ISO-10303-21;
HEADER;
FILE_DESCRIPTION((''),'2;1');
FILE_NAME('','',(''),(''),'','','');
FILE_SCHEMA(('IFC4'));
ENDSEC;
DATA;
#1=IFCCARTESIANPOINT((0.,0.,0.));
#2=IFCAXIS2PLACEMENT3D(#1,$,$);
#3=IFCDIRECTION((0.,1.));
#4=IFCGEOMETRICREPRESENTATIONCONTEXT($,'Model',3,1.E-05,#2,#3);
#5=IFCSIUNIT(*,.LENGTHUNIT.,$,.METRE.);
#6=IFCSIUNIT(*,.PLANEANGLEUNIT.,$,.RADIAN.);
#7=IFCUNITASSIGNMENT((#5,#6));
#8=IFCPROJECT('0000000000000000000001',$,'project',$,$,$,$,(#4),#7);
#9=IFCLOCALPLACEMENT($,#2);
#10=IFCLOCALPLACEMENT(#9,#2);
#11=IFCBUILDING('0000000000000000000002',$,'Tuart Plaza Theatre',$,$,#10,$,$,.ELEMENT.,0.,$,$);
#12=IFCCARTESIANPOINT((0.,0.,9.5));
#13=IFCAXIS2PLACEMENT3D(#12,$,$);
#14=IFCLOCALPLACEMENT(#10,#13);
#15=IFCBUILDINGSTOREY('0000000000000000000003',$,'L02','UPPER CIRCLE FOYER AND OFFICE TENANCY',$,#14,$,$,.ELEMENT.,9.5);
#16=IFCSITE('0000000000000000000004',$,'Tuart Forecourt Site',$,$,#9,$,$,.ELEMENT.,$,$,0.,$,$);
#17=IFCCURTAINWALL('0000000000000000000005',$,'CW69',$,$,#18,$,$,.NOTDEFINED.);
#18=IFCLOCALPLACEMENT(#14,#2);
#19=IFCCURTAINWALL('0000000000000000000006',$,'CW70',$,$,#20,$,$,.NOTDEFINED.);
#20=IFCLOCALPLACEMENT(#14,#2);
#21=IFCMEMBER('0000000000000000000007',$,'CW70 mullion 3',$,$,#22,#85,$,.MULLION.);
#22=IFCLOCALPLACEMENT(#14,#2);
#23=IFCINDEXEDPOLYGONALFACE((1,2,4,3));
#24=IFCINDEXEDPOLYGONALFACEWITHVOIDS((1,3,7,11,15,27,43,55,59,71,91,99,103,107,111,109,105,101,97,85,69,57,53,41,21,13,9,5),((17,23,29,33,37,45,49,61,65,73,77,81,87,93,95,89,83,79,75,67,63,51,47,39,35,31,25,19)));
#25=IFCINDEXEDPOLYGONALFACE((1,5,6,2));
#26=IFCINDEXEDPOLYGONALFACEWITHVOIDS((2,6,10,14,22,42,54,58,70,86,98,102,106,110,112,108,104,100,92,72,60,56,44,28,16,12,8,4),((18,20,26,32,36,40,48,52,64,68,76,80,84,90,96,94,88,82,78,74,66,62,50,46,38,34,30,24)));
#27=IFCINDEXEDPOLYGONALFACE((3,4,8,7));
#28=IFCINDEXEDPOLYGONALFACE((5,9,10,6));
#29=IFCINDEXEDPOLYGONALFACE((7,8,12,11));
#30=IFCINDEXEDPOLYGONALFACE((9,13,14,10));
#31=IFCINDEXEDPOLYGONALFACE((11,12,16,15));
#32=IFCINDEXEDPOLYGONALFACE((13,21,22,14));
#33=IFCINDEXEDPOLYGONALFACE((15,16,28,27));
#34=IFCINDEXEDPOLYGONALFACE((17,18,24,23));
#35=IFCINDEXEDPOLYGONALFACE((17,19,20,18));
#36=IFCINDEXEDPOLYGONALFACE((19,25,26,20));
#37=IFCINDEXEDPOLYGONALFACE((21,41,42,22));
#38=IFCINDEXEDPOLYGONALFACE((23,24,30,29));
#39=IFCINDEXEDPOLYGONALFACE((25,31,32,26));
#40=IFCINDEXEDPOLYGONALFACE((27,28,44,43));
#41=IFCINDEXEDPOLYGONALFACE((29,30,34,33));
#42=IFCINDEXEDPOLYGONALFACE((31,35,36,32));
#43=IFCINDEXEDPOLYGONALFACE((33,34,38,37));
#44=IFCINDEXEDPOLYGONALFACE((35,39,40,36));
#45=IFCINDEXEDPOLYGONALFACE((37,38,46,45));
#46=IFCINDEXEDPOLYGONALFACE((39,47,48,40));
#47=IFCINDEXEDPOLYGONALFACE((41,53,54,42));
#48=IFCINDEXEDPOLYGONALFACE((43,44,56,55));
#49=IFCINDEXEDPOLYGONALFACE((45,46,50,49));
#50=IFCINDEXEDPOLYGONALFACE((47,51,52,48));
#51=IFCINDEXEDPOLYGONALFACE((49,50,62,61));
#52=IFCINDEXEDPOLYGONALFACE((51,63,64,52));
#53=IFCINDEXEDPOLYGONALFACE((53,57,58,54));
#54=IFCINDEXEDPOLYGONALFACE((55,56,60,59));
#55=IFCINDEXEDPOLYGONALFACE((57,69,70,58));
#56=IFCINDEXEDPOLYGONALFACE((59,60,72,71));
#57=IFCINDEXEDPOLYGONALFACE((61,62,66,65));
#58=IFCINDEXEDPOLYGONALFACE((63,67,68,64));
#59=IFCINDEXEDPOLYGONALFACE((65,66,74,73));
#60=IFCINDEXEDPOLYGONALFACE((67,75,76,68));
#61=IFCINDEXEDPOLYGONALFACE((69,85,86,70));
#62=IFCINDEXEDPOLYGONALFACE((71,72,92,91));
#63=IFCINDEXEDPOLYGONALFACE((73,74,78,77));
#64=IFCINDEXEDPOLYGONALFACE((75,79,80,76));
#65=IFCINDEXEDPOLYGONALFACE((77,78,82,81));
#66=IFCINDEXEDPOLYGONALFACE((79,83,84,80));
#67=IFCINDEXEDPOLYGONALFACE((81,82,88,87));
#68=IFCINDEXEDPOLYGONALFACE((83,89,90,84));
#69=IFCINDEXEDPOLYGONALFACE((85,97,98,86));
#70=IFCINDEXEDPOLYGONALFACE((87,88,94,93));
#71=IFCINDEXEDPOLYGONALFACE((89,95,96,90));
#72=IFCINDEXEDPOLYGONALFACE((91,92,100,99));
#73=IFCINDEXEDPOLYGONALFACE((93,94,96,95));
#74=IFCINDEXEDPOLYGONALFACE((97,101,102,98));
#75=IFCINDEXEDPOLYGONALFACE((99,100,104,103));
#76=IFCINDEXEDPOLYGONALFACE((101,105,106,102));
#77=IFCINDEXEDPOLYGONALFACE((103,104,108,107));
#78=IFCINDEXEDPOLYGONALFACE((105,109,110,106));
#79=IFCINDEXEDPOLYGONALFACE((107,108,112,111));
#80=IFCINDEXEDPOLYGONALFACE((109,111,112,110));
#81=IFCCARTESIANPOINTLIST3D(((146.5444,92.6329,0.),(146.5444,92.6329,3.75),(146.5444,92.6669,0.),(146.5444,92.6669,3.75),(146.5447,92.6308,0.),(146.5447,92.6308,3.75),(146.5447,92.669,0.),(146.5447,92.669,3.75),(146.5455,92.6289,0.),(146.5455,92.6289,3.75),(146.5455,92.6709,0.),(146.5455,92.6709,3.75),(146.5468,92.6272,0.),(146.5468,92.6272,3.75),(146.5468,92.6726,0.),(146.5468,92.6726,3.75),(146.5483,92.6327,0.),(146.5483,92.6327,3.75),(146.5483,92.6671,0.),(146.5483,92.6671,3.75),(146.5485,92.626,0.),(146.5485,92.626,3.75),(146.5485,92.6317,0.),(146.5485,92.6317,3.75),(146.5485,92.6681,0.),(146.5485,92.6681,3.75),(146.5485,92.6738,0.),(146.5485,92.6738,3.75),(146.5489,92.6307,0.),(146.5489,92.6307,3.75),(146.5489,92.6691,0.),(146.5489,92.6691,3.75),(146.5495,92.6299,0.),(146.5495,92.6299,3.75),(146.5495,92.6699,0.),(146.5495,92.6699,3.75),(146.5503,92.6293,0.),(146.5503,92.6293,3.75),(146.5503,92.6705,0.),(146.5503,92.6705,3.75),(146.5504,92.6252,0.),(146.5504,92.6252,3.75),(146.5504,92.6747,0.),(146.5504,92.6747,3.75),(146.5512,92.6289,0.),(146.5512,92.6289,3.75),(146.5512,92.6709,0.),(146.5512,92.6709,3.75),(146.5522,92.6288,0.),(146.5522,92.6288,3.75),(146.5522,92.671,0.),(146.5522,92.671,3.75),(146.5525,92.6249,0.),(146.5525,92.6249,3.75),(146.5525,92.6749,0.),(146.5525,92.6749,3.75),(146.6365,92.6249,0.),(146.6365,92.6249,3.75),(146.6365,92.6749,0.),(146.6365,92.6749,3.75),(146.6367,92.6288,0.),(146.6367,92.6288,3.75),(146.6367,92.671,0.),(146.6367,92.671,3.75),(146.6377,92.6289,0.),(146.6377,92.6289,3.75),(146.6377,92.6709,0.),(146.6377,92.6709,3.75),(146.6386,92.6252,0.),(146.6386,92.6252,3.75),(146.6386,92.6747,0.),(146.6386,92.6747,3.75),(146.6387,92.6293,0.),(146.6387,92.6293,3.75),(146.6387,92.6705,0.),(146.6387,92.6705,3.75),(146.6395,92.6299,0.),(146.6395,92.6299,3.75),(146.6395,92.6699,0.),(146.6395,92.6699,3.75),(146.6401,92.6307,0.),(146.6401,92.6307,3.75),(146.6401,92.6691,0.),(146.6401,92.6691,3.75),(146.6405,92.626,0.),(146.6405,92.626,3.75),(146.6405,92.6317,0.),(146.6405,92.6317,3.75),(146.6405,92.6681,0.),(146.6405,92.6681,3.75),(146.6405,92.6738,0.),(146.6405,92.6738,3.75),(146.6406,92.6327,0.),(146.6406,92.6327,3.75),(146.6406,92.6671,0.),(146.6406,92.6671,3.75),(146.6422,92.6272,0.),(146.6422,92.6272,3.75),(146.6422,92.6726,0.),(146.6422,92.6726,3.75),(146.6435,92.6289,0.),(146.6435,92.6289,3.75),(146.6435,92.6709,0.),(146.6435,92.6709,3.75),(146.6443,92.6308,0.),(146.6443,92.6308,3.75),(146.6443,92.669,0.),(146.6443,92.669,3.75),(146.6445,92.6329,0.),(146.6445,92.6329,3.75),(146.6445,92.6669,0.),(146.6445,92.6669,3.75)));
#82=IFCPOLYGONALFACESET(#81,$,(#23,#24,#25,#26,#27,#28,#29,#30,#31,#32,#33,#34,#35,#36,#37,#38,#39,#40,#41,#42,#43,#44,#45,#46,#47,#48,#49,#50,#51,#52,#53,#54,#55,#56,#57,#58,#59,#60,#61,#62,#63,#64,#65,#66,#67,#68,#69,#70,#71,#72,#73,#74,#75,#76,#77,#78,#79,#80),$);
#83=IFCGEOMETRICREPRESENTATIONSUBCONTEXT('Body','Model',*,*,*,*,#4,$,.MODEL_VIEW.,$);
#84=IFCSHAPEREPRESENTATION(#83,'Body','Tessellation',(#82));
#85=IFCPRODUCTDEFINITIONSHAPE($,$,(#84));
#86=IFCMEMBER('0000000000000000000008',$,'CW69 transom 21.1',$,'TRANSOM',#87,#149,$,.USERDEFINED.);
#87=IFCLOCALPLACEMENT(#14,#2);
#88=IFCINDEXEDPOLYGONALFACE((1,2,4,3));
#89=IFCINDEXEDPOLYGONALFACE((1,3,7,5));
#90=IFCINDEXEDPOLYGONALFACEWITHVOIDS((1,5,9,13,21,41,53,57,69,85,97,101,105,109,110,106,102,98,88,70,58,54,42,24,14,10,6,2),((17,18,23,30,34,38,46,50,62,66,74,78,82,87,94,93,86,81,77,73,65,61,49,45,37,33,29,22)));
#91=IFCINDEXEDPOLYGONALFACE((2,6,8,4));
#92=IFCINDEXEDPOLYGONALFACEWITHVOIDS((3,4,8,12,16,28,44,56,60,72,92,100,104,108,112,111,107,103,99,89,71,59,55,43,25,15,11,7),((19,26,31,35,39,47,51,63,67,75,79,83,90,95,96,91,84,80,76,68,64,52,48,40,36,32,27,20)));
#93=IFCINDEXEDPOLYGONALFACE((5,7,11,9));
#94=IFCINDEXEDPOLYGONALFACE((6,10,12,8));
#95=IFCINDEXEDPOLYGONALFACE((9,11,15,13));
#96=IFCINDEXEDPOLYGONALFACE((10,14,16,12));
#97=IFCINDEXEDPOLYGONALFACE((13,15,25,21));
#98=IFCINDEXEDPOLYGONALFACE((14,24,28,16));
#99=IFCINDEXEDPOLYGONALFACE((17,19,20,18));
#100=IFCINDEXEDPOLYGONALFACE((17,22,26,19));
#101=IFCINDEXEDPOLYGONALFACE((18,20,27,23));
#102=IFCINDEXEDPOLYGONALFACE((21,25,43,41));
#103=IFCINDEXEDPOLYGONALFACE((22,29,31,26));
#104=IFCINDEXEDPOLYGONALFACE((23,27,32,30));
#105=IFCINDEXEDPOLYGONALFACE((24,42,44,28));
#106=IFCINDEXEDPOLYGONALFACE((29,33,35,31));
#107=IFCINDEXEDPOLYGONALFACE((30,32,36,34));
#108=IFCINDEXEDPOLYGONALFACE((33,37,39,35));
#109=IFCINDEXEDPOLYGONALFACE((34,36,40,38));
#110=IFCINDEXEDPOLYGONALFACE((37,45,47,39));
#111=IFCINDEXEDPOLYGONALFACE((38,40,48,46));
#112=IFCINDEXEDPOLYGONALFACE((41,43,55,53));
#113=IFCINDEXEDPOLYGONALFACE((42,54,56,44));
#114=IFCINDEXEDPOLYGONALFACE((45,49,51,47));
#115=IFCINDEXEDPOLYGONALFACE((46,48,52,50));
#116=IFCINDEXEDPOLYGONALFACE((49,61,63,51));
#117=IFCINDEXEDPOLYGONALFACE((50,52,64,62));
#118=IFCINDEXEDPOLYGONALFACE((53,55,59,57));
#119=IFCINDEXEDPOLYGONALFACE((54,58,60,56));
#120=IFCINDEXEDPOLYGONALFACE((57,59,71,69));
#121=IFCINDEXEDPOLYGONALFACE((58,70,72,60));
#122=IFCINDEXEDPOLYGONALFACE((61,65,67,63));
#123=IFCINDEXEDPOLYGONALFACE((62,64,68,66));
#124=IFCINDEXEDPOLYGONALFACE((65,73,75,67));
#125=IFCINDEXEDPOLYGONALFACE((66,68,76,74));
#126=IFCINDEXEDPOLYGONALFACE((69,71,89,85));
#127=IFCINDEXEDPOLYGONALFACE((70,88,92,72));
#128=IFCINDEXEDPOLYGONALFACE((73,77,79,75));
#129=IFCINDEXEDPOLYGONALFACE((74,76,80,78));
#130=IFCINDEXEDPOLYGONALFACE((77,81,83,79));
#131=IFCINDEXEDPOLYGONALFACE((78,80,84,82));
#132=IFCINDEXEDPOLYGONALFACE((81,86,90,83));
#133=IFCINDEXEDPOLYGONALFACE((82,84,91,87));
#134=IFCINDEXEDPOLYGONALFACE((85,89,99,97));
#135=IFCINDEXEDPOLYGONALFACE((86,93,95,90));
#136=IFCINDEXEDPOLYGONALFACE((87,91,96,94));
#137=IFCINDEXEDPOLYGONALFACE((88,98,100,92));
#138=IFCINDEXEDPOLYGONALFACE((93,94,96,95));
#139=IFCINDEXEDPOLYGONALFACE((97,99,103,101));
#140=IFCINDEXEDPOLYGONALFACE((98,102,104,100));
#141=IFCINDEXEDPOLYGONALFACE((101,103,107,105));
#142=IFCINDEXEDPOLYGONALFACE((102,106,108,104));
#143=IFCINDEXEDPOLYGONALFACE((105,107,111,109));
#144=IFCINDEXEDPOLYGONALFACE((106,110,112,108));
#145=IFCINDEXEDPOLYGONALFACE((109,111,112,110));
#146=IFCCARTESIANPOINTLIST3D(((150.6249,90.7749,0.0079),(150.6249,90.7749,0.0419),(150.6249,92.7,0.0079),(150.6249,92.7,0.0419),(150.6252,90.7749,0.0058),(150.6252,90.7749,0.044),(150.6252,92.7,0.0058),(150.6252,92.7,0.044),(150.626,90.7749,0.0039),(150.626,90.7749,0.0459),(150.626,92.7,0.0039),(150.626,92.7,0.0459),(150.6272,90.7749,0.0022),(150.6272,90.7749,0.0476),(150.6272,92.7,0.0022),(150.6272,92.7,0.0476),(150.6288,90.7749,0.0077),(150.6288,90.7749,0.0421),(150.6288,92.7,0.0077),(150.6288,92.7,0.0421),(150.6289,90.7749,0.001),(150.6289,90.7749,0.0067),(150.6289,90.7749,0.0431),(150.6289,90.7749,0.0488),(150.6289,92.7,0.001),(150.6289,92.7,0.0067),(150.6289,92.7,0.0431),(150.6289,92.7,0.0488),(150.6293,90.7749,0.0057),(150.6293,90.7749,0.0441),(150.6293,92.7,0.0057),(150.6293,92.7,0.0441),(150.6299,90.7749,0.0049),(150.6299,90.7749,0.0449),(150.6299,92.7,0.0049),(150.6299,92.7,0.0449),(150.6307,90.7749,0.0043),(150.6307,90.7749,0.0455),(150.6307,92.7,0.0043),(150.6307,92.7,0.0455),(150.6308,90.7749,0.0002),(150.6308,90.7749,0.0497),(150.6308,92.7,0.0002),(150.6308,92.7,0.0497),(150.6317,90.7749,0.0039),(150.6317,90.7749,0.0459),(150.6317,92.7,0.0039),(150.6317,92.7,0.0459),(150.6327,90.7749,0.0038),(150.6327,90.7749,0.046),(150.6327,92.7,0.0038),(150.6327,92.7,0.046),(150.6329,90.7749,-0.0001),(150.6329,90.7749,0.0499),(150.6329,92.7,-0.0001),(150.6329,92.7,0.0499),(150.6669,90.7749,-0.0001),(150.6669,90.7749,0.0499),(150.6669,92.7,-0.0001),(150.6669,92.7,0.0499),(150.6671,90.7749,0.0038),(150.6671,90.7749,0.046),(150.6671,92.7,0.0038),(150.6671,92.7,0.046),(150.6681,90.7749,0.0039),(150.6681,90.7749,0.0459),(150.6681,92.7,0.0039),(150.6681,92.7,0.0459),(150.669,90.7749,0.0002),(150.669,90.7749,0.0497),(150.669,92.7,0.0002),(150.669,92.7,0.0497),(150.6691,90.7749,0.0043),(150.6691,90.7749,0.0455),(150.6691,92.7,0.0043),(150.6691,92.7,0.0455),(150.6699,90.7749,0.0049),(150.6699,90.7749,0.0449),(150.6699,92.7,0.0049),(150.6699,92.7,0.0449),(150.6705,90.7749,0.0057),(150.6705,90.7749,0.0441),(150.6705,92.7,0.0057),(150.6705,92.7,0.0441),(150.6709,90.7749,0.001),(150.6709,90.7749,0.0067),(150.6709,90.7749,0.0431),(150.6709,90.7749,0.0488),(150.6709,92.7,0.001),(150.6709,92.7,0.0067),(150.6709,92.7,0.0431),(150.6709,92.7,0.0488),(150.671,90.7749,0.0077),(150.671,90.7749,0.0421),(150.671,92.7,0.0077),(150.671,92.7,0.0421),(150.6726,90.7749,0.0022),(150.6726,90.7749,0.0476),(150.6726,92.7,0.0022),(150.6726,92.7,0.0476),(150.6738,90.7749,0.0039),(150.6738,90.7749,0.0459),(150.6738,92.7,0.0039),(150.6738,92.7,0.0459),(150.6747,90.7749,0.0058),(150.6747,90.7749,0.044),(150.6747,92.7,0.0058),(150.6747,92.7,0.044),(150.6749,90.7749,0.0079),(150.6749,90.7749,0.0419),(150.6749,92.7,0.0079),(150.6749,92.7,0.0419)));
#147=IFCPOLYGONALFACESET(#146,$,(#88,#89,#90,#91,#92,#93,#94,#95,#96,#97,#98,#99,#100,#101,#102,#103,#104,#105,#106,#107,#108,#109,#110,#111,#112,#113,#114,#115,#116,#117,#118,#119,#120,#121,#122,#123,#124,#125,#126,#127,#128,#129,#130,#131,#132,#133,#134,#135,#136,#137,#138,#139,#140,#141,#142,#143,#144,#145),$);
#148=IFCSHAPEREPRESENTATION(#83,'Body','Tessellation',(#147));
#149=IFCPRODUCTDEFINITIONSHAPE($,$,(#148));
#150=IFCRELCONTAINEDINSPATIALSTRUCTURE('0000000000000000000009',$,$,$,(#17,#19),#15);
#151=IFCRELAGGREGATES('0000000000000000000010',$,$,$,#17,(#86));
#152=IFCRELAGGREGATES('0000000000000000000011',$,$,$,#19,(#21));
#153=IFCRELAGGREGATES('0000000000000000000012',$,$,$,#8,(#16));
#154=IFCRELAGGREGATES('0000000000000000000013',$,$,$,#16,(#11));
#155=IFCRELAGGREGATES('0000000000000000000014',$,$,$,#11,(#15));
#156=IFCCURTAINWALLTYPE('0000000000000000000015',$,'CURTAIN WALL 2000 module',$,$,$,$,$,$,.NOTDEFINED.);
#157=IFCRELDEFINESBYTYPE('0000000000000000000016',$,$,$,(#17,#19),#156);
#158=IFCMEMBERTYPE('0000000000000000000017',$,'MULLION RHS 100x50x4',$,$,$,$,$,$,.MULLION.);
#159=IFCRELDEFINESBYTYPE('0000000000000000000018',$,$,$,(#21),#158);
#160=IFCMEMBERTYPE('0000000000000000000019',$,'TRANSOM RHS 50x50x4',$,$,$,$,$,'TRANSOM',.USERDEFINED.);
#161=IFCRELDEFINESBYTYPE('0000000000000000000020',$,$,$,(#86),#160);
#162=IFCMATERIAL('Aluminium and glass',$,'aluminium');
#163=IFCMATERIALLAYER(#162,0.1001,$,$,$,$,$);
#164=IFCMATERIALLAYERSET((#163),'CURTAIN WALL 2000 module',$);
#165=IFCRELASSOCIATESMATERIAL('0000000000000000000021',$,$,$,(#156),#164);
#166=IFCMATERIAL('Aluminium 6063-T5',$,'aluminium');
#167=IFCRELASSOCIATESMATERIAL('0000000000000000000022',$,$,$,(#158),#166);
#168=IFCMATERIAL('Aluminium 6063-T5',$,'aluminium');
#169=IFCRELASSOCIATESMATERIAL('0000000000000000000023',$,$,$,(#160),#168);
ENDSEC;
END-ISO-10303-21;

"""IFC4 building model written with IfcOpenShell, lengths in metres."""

from ifc_helpers import new_model, si_unit, direction, frame, origin, origin_2d, place, context, subcontext, project, spatial, hollow_rectangle, extrude, material, layer, layer_set, material_profile, profile_set, type_object, element, aggregate, save


model = new_model("IFC4")

# Units and contexts
model_context = context("Model", 3, precision=1e-05, world=origin(), true_north=direction((0.0, 1.0)))
body_context = subcontext(model_context, "Body", "Model", "MODEL_VIEW")
ifc_project = project(units=[si_unit("LENGTHUNIT", "METRE"), si_unit("PLANEANGLEUNIT", "RADIAN")], contexts=[model_context])

# Site, building, storey
site_placement = place(None, origin())
site = spatial("IfcSite", under=ifc_project, at=site_placement, Name="Tuart Forecourt Site", CompositionType="ELEMENT", RefElevation=0.0)
building_placement = place(site_placement, origin())
building = spatial("IfcBuilding", under=site, at=building_placement, Name="Tuart Plaza Theatre", CompositionType="ELEMENT", ElevationOfRefHeight=0.0)
storey_placement = place(building_placement, frame((0.0, 0.0, 9.5)))
storey = spatial("IfcBuildingStorey", under=building, at=storey_placement, Name="L02", Description="UPPER CIRCLE FOYER AND OFFICE TENANCY", CompositionType="ELEMENT", Elevation=9.5)

# Curtain walls, member
ifc_material_1 = material(Name="Aluminium and glass", Category="aluminium")
ifc_layer_1 = layer(ifc_material_1, 0.1001)
ifc_layer_set_1 = layer_set([ifc_layer_1], Name="CURTAIN WALL 2000 module")
curtain_wall_type = type_object("IfcCurtainWallType", Name="CURTAIN WALL 2000 module", PredefinedType="NOTDEFINED", material=ifc_layer_set_1)
curtain_wall_1_placement = place(storey_placement, origin())
curtain_wall_1 = element("IfcCurtainWall", 1, at=curtain_wall_1_placement, inside=storey, type_object=curtain_wall_type, Name="CW69", PredefinedType="NOTDEFINED")
ifc_material_2 = material(Name="Aluminium 6063-T5", Category="aluminium")
ifc_material_profile_1 = material_profile(ifc_material_2, hollow_rectangle(XDim=0.05, YDim=0.1001, WallThickness=0.0039, InnerFilletRadius=0.0039, OuterFilletRadius=0.0081, at=origin_2d()), Name="RHS 100x50x4")
ifc_profile_set_1 = profile_set([ifc_material_profile_1], Name="Aluminium 6063-T5")
member_type_1 = type_object("IfcMemberType", Name="MULLION RHS 100x50x4", PredefinedType="MULLION", material=ifc_profile_set_1)
curtain_wall_2_placement = place(storey_placement, origin())
curtain_wall_2 = element("IfcCurtainWall", 2, at=curtain_wall_2_placement, inside=storey, type_object=curtain_wall_type, Name="CW70", PredefinedType="NOTDEFINED")
member_1_placement = place(storey_placement, frame((146.5945, 92.6499, 0.0), z_axis=(0.0, 0.0, 1.0), x_axis=(0.0, -1.0, 0.0)))
member_1 = element("IfcMember", 3, at=member_1_placement, type_object=member_type_1, Name="CW70 mullion 3", PredefinedType="MULLION", context=body_context, shape_type="SweptSolid", body=[
    extrude(hollow_rectangle(XDim=0.05, YDim=0.1001, WallThickness=0.0039, InnerFilletRadius=0.0039, OuterFilletRadius=0.0081, at=origin_2d()), origin(), (0.0, 0.0, 1.0), 3.75),
])

# Member
ifc_material_3 = material(Name="Aluminium 6063-T5", Category="aluminium")
ifc_material_profile_2 = material_profile(ifc_material_3, hollow_rectangle(XDim=0.05, YDim=0.05, WallThickness=0.0039, InnerFilletRadius=0.0039, OuterFilletRadius=0.0081, at=origin_2d()), Name="RHS 50x50x4")
ifc_profile_set_2 = profile_set([ifc_material_profile_2], Name="Aluminium 6063-T5")
member_type_2 = type_object("IfcMemberType", Name="TRANSOM RHS 50x50x4", ElementType="TRANSOM", PredefinedType="USERDEFINED", material=ifc_profile_set_2)
member_2_placement = place(storey_placement, frame((150.6499, 90.7749, 0.0249), z_axis=(0.0, 1.0, 0.0), x_axis=(-1.0, 0.0, 0.0)))
member_2 = element("IfcMember", 4, at=member_2_placement, type_object=member_type_2, Name="CW69 transom 21.1", ObjectType="TRANSOM", PredefinedType="USERDEFINED", context=body_context, shape_type="SweptSolid", body=[
    extrude(hollow_rectangle(XDim=0.05, YDim=0.05, WallThickness=0.0039, InnerFilletRadius=0.0039, OuterFilletRadius=0.0081, at=origin_2d()), origin(), (0.0, 0.0, 1.0), 1.925),
])

aggregate(curtain_wall_1, [member_2])
aggregate(curtain_wall_2, [member_1])

save(model, "model.ifc")
